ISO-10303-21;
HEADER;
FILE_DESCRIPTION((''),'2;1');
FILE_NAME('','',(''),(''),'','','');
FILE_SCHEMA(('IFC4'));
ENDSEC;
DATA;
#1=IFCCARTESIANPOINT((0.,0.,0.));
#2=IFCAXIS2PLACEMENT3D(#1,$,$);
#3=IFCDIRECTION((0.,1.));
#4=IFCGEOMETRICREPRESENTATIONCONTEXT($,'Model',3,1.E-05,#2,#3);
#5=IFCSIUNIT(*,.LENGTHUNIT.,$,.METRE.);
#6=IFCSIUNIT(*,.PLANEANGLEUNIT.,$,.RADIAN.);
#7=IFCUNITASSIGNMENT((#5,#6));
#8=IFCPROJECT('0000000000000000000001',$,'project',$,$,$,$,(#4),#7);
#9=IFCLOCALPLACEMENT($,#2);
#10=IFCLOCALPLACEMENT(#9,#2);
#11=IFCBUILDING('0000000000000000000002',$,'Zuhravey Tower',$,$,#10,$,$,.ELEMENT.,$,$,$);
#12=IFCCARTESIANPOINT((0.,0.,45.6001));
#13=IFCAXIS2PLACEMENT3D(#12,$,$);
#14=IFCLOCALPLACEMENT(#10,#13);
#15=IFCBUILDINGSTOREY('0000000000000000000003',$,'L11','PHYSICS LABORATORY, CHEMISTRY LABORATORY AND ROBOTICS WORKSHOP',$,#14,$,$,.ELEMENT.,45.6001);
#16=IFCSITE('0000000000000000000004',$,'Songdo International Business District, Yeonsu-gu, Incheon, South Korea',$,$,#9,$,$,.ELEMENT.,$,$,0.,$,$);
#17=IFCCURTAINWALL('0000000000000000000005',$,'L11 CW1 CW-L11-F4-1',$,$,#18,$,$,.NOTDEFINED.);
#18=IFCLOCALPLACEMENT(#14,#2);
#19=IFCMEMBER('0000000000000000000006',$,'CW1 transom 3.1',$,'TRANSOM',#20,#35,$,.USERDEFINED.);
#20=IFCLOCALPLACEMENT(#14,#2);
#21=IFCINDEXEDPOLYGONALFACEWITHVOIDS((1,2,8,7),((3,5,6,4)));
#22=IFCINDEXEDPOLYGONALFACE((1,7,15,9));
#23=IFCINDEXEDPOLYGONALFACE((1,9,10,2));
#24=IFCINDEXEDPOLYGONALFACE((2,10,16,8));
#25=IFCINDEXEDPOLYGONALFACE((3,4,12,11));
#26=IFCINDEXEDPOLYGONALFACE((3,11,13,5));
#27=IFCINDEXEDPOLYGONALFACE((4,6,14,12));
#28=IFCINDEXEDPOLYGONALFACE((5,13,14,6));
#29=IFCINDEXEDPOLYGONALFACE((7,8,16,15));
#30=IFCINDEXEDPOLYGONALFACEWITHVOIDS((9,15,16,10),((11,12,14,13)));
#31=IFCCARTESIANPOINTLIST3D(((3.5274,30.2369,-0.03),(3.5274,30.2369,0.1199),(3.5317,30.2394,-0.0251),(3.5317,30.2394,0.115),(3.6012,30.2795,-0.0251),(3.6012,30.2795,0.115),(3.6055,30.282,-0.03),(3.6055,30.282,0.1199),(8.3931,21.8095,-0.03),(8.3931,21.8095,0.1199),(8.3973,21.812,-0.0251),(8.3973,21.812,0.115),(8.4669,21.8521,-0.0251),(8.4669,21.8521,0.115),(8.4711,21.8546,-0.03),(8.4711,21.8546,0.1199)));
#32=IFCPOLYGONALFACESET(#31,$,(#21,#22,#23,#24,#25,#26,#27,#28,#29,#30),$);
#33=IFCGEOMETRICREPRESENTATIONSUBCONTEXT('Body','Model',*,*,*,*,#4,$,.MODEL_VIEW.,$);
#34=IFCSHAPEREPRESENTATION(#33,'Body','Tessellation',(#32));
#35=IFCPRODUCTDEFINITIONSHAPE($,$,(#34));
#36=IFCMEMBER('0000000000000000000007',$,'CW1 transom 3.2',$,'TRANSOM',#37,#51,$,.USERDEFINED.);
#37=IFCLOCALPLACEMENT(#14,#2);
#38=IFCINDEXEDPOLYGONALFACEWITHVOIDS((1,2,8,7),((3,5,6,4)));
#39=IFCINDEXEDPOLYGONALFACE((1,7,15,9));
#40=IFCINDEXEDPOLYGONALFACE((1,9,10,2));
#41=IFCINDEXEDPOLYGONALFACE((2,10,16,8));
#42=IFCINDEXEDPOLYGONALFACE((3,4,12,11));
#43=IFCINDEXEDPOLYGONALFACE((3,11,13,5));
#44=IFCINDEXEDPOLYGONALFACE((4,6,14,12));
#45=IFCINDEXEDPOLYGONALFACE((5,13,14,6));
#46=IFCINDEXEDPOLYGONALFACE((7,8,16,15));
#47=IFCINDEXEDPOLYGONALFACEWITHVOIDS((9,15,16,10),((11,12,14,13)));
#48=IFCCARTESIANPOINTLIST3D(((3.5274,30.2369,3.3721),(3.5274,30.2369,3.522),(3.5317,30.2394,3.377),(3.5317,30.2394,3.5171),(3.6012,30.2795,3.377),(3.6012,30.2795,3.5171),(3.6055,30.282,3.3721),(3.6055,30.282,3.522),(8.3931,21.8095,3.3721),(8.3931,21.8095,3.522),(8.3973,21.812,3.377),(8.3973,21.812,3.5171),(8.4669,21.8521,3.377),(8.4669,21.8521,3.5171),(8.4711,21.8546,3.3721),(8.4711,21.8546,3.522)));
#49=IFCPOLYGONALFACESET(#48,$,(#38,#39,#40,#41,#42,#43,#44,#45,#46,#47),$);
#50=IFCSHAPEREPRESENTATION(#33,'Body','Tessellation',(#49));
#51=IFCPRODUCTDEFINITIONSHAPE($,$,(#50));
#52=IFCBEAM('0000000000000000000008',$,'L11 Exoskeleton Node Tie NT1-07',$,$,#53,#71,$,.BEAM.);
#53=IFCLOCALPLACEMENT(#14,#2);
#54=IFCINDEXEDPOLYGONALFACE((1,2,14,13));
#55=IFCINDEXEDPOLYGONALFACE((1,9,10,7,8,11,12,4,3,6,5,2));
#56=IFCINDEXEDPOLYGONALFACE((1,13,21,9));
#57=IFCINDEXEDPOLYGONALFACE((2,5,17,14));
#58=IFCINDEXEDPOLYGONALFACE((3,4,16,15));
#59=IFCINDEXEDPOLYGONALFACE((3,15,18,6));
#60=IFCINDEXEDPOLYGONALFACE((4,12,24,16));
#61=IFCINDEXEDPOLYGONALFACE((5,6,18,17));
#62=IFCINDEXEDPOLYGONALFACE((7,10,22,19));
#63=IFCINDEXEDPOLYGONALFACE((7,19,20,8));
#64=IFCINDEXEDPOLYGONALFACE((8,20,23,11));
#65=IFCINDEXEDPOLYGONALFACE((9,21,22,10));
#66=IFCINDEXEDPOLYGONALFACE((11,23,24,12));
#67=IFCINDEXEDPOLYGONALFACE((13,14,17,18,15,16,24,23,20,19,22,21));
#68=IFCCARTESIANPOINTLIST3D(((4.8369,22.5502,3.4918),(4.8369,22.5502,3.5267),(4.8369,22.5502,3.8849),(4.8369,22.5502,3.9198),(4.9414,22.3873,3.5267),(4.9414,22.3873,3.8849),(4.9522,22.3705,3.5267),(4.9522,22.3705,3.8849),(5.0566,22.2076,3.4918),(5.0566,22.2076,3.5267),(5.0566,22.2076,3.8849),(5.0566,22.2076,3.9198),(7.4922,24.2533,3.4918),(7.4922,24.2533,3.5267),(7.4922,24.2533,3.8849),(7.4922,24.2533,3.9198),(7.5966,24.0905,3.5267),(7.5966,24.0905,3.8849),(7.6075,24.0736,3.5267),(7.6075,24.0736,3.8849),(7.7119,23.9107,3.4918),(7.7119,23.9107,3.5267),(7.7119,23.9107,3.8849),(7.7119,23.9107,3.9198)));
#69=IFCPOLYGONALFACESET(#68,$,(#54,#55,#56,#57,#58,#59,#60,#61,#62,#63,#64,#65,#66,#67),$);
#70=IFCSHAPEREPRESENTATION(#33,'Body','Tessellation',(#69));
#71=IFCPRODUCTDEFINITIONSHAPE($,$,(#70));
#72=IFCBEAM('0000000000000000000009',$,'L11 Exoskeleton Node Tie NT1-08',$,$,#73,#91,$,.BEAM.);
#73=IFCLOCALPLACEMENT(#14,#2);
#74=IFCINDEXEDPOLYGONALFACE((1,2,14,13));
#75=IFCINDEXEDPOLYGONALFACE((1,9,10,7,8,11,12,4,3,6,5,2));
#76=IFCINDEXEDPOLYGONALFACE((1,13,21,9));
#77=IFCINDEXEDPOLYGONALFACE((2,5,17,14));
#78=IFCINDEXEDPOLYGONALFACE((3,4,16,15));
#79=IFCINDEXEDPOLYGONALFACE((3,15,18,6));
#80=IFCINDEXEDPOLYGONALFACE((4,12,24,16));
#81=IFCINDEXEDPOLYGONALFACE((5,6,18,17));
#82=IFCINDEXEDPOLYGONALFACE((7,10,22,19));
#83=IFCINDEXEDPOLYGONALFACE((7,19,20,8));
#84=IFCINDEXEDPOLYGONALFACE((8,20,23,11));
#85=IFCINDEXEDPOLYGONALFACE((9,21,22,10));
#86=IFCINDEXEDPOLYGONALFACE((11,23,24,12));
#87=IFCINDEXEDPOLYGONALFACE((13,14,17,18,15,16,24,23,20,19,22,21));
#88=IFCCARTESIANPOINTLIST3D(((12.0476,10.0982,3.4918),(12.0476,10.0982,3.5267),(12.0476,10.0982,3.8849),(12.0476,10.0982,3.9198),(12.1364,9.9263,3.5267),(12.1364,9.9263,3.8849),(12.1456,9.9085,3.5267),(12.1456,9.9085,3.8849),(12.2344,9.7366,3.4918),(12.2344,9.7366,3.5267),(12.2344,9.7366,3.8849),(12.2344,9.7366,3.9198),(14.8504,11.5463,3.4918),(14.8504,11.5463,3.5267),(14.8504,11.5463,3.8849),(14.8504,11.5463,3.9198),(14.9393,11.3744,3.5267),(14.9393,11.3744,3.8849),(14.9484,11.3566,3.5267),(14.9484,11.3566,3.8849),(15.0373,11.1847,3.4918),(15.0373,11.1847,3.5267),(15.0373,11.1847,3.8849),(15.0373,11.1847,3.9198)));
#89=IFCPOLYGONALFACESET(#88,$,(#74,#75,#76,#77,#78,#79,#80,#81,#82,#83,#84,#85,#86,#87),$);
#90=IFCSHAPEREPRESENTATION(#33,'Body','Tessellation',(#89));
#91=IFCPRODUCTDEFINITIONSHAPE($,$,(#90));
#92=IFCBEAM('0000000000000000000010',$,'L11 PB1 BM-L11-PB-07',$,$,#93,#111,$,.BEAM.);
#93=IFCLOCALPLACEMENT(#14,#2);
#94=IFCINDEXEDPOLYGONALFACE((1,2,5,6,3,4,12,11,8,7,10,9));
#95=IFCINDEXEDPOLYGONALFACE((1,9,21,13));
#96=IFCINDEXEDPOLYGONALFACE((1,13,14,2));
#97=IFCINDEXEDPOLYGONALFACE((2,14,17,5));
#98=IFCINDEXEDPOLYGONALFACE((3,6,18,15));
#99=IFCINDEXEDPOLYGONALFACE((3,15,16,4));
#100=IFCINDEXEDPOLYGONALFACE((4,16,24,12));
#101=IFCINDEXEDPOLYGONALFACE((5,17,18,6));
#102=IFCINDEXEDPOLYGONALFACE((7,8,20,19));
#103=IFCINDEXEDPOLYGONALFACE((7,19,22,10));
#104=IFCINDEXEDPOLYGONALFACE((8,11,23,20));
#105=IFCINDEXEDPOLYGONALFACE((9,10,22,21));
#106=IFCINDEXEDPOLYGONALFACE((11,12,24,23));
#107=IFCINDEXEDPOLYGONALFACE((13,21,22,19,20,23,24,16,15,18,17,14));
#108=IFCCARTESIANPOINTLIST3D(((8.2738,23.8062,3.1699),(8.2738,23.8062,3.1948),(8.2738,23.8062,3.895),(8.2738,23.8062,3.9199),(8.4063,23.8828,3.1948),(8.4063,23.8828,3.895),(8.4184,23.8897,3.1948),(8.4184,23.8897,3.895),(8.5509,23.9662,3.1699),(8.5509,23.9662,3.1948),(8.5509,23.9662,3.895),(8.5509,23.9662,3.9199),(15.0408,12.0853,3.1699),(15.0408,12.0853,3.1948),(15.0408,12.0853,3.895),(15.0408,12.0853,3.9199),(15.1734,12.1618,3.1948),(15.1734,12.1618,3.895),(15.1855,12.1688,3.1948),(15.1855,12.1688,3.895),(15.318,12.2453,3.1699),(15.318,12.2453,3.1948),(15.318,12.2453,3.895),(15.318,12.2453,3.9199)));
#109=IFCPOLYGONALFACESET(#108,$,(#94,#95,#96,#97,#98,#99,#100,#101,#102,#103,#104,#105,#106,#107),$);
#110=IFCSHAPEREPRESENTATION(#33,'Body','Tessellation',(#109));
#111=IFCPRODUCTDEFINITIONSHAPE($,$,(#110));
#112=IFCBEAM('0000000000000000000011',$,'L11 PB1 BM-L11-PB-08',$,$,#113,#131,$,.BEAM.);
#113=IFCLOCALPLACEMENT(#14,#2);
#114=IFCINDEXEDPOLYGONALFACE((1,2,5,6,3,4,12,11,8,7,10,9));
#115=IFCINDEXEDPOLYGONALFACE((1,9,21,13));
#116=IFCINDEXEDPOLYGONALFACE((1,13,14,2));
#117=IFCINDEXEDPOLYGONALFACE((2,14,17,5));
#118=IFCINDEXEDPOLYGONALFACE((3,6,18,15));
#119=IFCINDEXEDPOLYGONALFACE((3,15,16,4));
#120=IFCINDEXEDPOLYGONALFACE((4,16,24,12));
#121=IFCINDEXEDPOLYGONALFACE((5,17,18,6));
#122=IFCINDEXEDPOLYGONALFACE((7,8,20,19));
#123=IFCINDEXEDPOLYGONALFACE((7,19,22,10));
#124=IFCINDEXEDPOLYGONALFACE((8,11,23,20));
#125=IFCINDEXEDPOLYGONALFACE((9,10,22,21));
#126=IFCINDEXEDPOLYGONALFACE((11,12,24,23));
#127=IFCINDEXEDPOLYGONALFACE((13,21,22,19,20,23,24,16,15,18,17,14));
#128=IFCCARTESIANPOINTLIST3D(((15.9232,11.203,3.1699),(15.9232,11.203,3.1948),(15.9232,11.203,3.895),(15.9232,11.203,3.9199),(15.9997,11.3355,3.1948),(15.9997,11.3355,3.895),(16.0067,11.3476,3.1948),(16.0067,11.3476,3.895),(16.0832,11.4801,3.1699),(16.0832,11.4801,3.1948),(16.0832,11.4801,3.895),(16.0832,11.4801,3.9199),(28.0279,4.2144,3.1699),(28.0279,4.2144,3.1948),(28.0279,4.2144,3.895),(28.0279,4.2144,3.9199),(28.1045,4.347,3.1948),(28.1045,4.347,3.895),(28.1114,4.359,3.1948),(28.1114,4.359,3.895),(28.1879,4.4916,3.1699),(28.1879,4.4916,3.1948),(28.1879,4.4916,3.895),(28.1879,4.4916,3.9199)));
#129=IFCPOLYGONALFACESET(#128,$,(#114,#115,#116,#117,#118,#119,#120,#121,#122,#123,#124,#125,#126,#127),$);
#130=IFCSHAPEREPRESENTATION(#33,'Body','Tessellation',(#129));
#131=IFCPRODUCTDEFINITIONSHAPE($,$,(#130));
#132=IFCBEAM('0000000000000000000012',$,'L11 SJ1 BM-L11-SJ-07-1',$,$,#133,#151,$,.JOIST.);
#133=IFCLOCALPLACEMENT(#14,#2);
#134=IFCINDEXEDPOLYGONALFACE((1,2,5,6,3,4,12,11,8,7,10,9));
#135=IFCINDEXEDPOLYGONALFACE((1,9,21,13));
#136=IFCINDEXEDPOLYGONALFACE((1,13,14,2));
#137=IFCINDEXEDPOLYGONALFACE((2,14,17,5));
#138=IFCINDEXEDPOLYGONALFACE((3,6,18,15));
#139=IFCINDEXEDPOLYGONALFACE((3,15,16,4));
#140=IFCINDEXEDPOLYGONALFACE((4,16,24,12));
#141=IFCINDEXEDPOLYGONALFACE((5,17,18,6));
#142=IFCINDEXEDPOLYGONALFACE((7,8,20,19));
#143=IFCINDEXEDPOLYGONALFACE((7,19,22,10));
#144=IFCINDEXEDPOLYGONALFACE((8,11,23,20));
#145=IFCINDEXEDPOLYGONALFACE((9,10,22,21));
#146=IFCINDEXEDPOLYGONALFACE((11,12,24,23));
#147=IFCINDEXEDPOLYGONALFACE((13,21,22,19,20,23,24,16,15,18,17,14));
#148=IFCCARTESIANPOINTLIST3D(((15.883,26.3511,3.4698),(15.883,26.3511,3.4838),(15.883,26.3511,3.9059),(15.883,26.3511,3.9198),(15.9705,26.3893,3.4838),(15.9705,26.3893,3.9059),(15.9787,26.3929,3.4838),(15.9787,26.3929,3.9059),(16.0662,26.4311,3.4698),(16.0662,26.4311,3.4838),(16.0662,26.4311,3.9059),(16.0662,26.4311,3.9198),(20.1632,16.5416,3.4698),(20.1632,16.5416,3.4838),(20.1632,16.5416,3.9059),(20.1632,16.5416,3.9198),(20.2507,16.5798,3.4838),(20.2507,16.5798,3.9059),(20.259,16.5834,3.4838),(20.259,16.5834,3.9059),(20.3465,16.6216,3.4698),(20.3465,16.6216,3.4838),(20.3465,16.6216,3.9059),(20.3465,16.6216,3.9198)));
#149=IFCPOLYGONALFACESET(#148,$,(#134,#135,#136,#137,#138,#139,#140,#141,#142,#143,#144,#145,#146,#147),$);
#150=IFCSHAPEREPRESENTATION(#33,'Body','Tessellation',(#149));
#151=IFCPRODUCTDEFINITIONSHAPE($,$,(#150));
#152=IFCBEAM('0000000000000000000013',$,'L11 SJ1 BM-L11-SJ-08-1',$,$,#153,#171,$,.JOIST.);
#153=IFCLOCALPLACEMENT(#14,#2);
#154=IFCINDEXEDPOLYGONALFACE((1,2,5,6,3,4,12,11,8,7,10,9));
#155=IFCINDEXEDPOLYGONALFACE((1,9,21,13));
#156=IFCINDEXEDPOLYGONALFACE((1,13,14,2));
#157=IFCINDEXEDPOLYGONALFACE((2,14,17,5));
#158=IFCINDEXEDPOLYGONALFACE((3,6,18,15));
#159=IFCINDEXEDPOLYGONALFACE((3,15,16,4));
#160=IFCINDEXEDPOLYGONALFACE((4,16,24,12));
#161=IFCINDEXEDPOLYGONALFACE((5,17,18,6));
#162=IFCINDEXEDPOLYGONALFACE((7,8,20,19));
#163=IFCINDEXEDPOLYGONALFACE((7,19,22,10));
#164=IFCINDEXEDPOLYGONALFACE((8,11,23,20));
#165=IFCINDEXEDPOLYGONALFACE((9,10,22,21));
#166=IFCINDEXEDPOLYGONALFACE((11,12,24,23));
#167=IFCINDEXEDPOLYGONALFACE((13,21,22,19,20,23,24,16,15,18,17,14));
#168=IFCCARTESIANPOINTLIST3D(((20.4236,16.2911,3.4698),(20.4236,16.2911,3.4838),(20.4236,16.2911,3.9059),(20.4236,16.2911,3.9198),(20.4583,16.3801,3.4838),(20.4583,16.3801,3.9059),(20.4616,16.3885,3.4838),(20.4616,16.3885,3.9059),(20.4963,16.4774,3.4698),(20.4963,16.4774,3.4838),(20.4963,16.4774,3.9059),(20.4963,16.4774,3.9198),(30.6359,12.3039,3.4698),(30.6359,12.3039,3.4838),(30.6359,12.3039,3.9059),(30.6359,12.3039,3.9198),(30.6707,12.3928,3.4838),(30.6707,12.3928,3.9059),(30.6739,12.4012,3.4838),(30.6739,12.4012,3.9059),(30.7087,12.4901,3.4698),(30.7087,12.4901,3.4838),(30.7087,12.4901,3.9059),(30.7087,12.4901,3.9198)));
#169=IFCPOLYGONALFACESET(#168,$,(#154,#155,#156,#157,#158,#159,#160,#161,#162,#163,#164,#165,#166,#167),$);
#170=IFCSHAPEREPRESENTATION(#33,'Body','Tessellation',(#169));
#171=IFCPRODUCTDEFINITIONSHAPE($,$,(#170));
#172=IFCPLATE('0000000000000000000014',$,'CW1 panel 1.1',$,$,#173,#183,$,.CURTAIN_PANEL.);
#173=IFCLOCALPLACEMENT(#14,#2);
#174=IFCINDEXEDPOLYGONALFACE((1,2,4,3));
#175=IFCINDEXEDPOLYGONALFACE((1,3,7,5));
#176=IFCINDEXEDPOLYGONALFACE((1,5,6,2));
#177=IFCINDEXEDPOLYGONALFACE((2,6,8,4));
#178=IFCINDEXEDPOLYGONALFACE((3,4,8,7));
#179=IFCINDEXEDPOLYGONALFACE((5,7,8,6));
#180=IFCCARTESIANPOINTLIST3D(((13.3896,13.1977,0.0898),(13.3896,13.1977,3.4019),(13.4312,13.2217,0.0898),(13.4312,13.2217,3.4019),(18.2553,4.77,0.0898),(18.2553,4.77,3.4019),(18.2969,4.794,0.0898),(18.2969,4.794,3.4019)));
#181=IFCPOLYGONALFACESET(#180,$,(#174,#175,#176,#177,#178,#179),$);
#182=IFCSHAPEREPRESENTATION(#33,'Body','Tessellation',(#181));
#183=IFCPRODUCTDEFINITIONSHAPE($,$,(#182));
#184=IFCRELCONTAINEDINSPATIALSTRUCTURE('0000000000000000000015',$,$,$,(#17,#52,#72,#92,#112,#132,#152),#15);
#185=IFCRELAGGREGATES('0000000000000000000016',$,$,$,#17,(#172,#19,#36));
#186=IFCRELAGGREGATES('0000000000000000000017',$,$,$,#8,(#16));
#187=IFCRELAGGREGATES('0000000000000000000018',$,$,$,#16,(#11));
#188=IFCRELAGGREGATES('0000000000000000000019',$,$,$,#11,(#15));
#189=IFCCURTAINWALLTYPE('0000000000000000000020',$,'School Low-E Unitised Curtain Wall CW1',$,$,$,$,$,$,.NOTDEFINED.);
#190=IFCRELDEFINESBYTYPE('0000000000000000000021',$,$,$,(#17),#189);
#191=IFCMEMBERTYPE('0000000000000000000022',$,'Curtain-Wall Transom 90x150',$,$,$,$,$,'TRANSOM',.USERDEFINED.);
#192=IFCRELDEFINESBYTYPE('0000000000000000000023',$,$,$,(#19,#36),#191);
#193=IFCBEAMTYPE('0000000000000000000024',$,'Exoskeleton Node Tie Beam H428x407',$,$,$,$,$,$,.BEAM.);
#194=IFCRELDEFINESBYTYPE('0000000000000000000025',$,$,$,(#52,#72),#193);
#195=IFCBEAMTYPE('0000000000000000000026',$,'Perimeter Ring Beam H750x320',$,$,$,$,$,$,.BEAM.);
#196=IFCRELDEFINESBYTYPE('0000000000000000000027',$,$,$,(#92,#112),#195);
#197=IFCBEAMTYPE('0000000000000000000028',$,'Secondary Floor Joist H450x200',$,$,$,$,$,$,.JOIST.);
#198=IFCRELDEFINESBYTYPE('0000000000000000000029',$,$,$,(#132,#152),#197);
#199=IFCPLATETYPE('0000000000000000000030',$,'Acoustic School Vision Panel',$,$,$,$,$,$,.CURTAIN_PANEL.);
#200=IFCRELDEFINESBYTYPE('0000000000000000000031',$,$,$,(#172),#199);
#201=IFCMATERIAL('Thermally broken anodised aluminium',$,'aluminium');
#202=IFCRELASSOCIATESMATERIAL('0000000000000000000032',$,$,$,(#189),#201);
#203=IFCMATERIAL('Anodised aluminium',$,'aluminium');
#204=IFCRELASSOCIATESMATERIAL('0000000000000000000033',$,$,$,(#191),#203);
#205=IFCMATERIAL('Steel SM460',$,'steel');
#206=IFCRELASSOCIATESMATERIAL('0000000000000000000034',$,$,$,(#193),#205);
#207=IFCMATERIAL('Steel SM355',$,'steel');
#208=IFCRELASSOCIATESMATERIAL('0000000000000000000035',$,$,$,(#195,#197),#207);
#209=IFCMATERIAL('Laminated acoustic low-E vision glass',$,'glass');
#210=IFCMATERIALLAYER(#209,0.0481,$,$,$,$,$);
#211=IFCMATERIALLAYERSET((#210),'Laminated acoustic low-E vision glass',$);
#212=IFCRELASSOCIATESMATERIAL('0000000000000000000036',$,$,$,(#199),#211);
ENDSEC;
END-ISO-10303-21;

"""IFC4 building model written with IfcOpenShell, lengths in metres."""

from ifc_helpers import new_model, si_unit, direction, frame, origin, origin_2d, place, context, subcontext, project, spatial, rectangle, hollow_rectangle, i_section, extrude, material, layer, layer_set, material_profile, profile_set, type_object, element, aggregate, save


model = new_model("IFC4")

# Units and contexts
model_context = context("Model", 3, precision=1e-05, world=origin(), true_north=direction((0.0, 1.0)))
body_context = subcontext(model_context, "Body", "Model", "MODEL_VIEW")
ifc_project = project(units=[si_unit("LENGTHUNIT", "METRE"), si_unit("PLANEANGLEUNIT", "RADIAN")], contexts=[model_context])

# Site, building, storey
site_placement = place(None, origin())
site = spatial("IfcSite", under=ifc_project, at=site_placement, Name="Songdo International Business District, Yeonsu-gu, Incheon, South Korea", CompositionType="ELEMENT", RefElevation=0.0)
building_placement = place(site_placement, origin())
building = spatial("IfcBuilding", under=site, at=building_placement, Name="Zuhravey Tower", CompositionType="ELEMENT")
storey_placement = place(building_placement, frame((0.0, 0.0, 45.6001)))
storey = spatial("IfcBuildingStorey", under=building, at=storey_placement, Name="L11", Description="PHYSICS LABORATORY, CHEMISTRY LABORATORY AND ROBOTICS WORKSHOP", CompositionType="ELEMENT", Elevation=45.6001)

# Shared definitions
ifc_material_1 = material(Name="Thermally broken anodised aluminium", Category="aluminium")
curtain_wall_type = type_object("IfcCurtainWallType", Name="School Low-E Unitised Curtain Wall CW1", PredefinedType="NOTDEFINED", material=ifc_material_1)
ifc_material_2 = material(Name="Anodised aluminium", Category="aluminium")

# Curtain wall, members
curtain_wall_1_placement = place(storey_placement, origin())
curtain_wall_1 = element("IfcCurtainWall", 1, at=curtain_wall_1_placement, inside=storey, type_object=curtain_wall_type, Name="L11 CW1 CW-L11-F4-1", PredefinedType="NOTDEFINED")
ifc_material_profile_1 = material_profile(ifc_material_2, hollow_rectangle(XDim=0.0901, YDim=0.1499, WallThickness=0.0049, at=origin_2d()), Name="ALU-RHS-90x150x5")
ifc_profile_set_1 = profile_set([ifc_material_profile_1], Name="Anodised aluminium")
member_type_1 = type_object("IfcMemberType", Name="Curtain-Wall Transom 90x150", ElementType="TRANSOM", PredefinedType="USERDEFINED", material=ifc_profile_set_1)
member_1_placement = place(storey_placement, frame((8.4321, 21.832, 0.0449), z_axis=(-0.500008, 0.866021, 0.0), x_axis=(-0.866021, -0.500008, 0.0)))
member_1 = element("IfcMember", 2, at=member_1_placement, type_object=member_type_1, Name="CW1 transom 3.1", ObjectType="TRANSOM", PredefinedType="USERDEFINED", context=body_context, shape_type="SweptSolid", body=[
    extrude(hollow_rectangle(XDim=0.0901, YDim=0.1499, WallThickness=0.0049, at=origin_2d()), origin(), (0.0, 0.0, 1.0), 9.7312),
])
member_2_placement = place(storey_placement, frame((8.4321, 21.832, 3.447), z_axis=(-0.500008, 0.866021, 0.0), x_axis=(-0.866021, -0.500008, 0.0)))
member_2 = element("IfcMember", 3, at=member_2_placement, type_object=member_type_1, Name="CW1 transom 3.2", ObjectType="TRANSOM", PredefinedType="USERDEFINED", context=body_context, shape_type="SweptSolid", body=[
    extrude(hollow_rectangle(XDim=0.0901, YDim=0.1499, WallThickness=0.0049, at=origin_2d()), origin(), (0.0, 0.0, 1.0), 9.7312),
])

# Beams
ifc_material_3 = material(Name="Steel SM460", Category="steel")
ifc_material_profile_2 = material_profile(ifc_material_3, i_section(OverallWidth=0.407, OverallDepth=0.428, WebThickness=0.02, FlangeThickness=0.0349, at=origin_2d()), Name="H-428x407x20x35")
ifc_profile_set_2 = profile_set([ifc_material_profile_2], Name="Steel SM460")
beam_type_1 = type_object("IfcBeamType", Name="Exoskeleton Node Tie Beam H428x407", PredefinedType="BEAM", material=ifc_profile_set_2)
beam_1_placement = place(storey_placement, frame((7.6021, 24.082, 3.7058), z_axis=(-0.841731, -0.539897, 0.0), x_axis=(0.539897, -0.841731, 0.0)))
element("IfcBeam", 4, at=beam_1_placement, inside=storey, type_object=beam_type_1, Name="L11 Exoskeleton Node Tie NT1-07", PredefinedType="BEAM", context=body_context, shape_type="SweptSolid", body=[
    extrude(i_section(OverallWidth=0.407, OverallDepth=0.428, WebThickness=0.02, FlangeThickness=0.0349, at=origin_2d()), origin(), (0.0, 0.0, 1.0), 3.1545),
])
beam_2_placement = place(storey_placement, frame((14.9438, 11.3655, 3.7058), z_axis=(-0.888436, -0.459, 0.0), x_axis=(0.459, -0.888436, 0.0)))
element("IfcBeam", 5, at=beam_2_placement, inside=storey, type_object=beam_type_1, Name="L11 Exoskeleton Node Tie NT1-08", PredefinedType="BEAM", context=body_context, shape_type="SweptSolid", body=[
    extrude(i_section(OverallWidth=0.407, OverallDepth=0.428, WebThickness=0.02, FlangeThickness=0.0349, at=origin_2d()), origin(), (0.0, 0.0, 1.0), 3.1548),
])
ifc_material_4 = material(Name="Steel SM355", Category="steel")
ifc_material_profile_3 = material_profile(ifc_material_4, i_section(OverallWidth=0.3201, OverallDepth=0.75, WebThickness=0.0139, FlangeThickness=0.0249, at=origin_2d()), Name="H-750x320x14x25")
ifc_profile_set_3 = profile_set([ifc_material_profile_3], Name="Steel SM355")
beam_type_2 = type_object("IfcBeamType", Name="Perimeter Ring Beam H750x320", PredefinedType="BEAM", material=ifc_profile_set_3)
beam_3_placement = place(storey_placement, frame((8.4124, 23.8862, 3.5449), z_axis=(0.5, -0.866025, 0.0), x_axis=(0.866025, 0.5, 0.0)))
element("IfcBeam", 6, at=beam_3_placement, inside=storey, type_object=beam_type_2, Name="L11 PB1 BM-L11-PB-07", PredefinedType="BEAM", context=body_context, shape_type="SweptSolid", body=[
    extrude(i_section(OverallWidth=0.3201, OverallDepth=0.75, WebThickness=0.0139, FlangeThickness=0.0249, at=origin_2d()), origin(), (0.0, 0.0, 1.0), 13.5342),
])
beam_4_placement = place(storey_placement, frame((16.0032, 11.3416, 3.5449), z_axis=(0.86603, -0.499992, 0.0), x_axis=(0.499992, 0.86603, 0.0)))
element("IfcBeam", 7, at=beam_4_placement, inside=storey, type_object=beam_type_2, Name="L11 PB1 BM-L11-PB-08", PredefinedType="BEAM", context=body_context, shape_type="SweptSolid", body=[
    extrude(i_section(OverallWidth=0.3201, OverallDepth=0.75, WebThickness=0.0139, FlangeThickness=0.0249, at=origin_2d()), origin(), (0.0, 0.0, 1.0), 13.9773),
])
ifc_material_profile_4 = material_profile(ifc_material_4, i_section(OverallWidth=0.2, OverallDepth=0.45, WebThickness=0.009, FlangeThickness=0.0139, at=origin_2d()), Name="H-450x200x9x14")
ifc_profile_set_4 = profile_set([ifc_material_profile_4], Name="Steel SM355")
beam_type_3 = type_object("IfcBeamType", Name="Secondary Floor Joist H450x200", PredefinedType="JOIST", material=ifc_profile_set_4)
beam_5_placement = place(storey_placement, frame((15.9746, 26.3911, 3.6948), z_axis=(0.399924, -0.916549, 0.0), x_axis=(0.916549, 0.399924, 0.0)))
element("IfcBeam", 8, at=beam_5_placement, inside=storey, type_object=beam_type_3, Name="L11 SJ1 BM-L11-SJ-07-1", PredefinedType="JOIST", context=body_context, shape_type="SweptSolid", body=[
    extrude(i_section(OverallWidth=0.2, OverallDepth=0.45, WebThickness=0.009, FlangeThickness=0.0139, at=origin_2d()), origin(), (0.0, 0.0, 1.0), 10.7026),
])
beam_6_placement = place(storey_placement, frame((20.46, 16.3843, 3.6948), z_axis=(0.931517, -0.363699, 0.0), x_axis=(0.363699, 0.931517, 0.0)))
element("IfcBeam", 9, at=beam_6_placement, inside=storey, type_object=beam_type_3, Name="L11 SJ1 BM-L11-SJ-08-1", PredefinedType="JOIST", context=body_context, shape_type="SweptSolid", body=[
    extrude(i_section(OverallWidth=0.2, OverallDepth=0.45, WebThickness=0.009, FlangeThickness=0.0139, at=origin_2d()), origin(), (0.0, 0.0, 1.0), 10.9631),
])

# Plate
ifc_material_5 = material(Name="Laminated acoustic low-E vision glass", Category="glass")
ifc_layer_1 = layer(ifc_material_5, 0.0481)
ifc_layer_set_1 = layer_set([ifc_layer_1], Name="Laminated acoustic low-E vision glass")
plate_type = type_object("IfcPlateType", Name="Acoustic School Vision Panel", PredefinedType="CURTAIN_PANEL", material=ifc_layer_set_1)
plate_1_placement = place(storey_placement, frame((15.8433, 8.9958, 0.0898), z_axis=(0.0, 0.0, 1.0), x_axis=(-0.5, 0.866026, 0.0)))
plate_1 = element("IfcPlate", 10, at=plate_1_placement, type_object=plate_type, Name="CW1 panel 1.1", PredefinedType="CURTAIN_PANEL", context=body_context, shape_type="SweptSolid", body=[
    extrude(rectangle(XDim=9.7314, YDim=0.0481, at=origin_2d()), origin(), (0.0, 0.0, 1.0), 3.312),
])
aggregate(curtain_wall_1, [plate_1, member_1, member_2])

save(model, "model.ifc")
